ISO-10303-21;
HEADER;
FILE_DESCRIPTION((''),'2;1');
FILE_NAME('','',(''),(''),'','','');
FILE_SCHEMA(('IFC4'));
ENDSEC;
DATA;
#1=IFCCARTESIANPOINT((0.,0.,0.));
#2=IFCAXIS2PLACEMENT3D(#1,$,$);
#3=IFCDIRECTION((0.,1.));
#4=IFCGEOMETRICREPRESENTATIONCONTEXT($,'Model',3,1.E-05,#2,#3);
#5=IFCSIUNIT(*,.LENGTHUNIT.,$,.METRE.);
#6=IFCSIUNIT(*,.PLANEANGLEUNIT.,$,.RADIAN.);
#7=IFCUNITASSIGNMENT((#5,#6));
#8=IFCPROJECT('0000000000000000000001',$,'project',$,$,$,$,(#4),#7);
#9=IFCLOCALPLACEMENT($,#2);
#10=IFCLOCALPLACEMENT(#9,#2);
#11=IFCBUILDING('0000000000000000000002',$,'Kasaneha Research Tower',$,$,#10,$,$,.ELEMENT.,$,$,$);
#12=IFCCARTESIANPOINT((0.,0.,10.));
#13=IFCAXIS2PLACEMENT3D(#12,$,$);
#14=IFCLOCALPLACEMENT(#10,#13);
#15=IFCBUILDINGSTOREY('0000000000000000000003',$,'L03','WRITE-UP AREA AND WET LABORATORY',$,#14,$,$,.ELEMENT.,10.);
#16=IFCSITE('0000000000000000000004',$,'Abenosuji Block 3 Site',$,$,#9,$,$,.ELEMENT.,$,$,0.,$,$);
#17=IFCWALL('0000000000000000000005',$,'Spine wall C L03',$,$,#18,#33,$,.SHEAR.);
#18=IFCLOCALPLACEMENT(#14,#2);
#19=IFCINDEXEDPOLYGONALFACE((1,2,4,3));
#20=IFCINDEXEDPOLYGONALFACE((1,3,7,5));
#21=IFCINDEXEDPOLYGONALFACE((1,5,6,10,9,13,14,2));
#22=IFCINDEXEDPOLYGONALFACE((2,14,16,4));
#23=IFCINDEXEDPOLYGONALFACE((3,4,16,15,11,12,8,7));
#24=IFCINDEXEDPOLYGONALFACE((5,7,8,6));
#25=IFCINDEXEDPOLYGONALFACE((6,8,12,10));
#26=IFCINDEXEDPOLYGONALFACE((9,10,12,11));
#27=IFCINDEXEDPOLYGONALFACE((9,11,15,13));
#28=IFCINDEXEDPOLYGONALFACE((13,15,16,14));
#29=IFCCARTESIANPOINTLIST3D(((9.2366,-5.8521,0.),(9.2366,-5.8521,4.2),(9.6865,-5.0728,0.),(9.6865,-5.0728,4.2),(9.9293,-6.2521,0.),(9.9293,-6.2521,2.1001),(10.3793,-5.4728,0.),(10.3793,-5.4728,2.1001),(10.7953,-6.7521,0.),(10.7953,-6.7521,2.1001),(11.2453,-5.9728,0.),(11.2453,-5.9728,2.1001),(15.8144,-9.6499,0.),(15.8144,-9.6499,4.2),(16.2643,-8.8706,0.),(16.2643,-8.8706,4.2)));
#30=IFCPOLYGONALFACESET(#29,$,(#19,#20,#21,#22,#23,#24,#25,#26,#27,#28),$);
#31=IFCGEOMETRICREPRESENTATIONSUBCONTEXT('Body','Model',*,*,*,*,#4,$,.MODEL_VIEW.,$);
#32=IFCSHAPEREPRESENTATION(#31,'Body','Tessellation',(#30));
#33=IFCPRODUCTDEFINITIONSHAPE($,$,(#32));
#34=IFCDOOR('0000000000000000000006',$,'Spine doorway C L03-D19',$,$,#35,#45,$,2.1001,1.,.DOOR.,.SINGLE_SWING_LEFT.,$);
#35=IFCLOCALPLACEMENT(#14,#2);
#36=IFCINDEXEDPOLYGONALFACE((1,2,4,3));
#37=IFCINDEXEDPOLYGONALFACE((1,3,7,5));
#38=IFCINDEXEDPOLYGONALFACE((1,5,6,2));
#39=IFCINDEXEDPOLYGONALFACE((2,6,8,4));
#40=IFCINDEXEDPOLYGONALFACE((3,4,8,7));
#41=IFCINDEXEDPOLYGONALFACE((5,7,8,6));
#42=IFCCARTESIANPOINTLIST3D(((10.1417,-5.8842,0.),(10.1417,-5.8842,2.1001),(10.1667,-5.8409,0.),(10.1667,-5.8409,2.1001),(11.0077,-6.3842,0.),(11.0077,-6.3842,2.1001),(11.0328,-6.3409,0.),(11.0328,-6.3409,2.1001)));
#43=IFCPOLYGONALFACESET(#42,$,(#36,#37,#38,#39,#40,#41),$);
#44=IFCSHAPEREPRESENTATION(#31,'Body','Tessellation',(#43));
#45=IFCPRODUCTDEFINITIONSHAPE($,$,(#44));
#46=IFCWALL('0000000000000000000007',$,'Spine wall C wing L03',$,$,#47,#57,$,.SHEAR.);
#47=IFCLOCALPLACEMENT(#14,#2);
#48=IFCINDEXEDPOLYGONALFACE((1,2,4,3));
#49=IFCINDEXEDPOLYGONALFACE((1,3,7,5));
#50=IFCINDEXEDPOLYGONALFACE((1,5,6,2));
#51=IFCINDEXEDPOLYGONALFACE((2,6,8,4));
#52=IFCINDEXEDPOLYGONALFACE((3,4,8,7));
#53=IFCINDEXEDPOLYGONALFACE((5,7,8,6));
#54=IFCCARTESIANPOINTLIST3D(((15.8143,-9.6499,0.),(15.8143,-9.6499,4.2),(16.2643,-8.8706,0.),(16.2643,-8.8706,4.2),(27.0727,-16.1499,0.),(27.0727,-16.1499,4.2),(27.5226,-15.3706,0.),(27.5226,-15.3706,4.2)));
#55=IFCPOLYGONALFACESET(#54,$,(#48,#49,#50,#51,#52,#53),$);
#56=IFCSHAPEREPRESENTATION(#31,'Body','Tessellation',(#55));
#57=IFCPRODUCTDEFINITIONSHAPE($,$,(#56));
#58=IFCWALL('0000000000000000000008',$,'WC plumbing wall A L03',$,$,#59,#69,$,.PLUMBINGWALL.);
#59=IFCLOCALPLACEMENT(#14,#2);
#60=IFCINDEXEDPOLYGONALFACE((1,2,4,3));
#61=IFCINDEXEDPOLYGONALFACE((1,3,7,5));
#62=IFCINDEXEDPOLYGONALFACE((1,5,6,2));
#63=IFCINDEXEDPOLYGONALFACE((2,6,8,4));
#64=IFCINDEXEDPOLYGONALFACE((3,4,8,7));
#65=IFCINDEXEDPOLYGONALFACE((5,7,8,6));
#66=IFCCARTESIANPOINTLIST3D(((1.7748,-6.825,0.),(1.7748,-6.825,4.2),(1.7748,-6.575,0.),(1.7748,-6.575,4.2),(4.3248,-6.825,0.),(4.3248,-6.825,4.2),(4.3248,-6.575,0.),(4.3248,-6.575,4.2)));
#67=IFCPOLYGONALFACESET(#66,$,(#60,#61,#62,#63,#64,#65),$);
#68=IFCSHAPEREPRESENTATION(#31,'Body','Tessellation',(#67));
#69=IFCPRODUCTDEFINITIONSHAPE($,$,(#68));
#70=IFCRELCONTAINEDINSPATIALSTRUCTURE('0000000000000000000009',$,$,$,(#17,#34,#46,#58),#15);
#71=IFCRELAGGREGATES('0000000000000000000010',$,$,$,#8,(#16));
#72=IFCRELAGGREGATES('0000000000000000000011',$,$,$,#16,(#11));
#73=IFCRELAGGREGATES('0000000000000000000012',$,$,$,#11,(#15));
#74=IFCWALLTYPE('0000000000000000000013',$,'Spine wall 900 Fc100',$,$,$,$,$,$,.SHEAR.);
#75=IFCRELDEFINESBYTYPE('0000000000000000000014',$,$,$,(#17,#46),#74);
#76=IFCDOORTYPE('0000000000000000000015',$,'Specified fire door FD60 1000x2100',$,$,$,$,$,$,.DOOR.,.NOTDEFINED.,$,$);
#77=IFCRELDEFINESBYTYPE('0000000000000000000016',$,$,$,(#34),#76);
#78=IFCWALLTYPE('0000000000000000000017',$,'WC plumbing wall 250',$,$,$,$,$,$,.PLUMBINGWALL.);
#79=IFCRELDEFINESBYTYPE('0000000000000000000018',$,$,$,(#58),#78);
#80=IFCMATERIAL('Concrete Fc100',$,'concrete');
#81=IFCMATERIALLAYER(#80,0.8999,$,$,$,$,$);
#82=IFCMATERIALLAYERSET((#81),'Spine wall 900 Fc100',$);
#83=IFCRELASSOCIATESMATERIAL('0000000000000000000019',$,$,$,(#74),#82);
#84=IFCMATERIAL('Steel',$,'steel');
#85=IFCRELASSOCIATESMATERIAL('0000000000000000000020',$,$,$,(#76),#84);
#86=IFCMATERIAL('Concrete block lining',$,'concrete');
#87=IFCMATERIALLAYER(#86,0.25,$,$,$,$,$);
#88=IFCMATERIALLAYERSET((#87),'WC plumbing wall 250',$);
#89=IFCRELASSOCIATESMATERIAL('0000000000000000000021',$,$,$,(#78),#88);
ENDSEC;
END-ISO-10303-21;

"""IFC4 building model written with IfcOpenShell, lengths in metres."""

from ifc_helpers import new_model, si_unit, direction, frame, frame_2d, origin, place, context, subcontext, project, spatial, rectangle, extrude, material, layer, layer_set, type_object, element, fill, save


model = new_model("IFC4")

# Units and contexts
model_context = context("Model", 3, precision=1e-05, world=origin(), true_north=direction((0.0, 1.0)))
body_context = subcontext(model_context, "Body", "Model", "MODEL_VIEW")
ifc_project = project(units=[si_unit("LENGTHUNIT", "METRE"), si_unit("PLANEANGLEUNIT", "RADIAN")], contexts=[model_context])

# Site, building, storey
site_placement = place(None, origin())
site = spatial("IfcSite", under=ifc_project, at=site_placement, Name="Abenosuji Block 3 Site", CompositionType="ELEMENT", RefElevation=0.0)
building_placement = place(site_placement, origin())
building = spatial("IfcBuilding", under=site, at=building_placement, Name="Kasaneha Research Tower", CompositionType="ELEMENT")
storey_placement = place(building_placement, frame((0.0, 0.0, 10.0)))
storey = spatial("IfcBuildingStorey", under=building, at=storey_placement, Name="L03", Description="WRITE-UP AREA AND WET LABORATORY", CompositionType="ELEMENT", Elevation=10.0)

# Wall, opening, door
ifc_material_1 = material(Name="Concrete Fc100", Category="concrete")
ifc_layer_1 = layer(ifc_material_1, 0.8999)
ifc_layer_set_1 = layer_set([ifc_layer_1], Name="Spine wall 900 Fc100")
wall_type_1 = type_object("IfcWallType", Name="Spine wall 900 Fc100", PredefinedType="SHEAR", material=ifc_layer_set_1)
wall_1_placement = place(storey_placement, frame((9.4614, -5.4624, 0.0), z_axis=(0.0, 0.0, 1.0), x_axis=(0.866019, -0.500011, 0.0)))
wall_1 = element("IfcWall", 1, at=wall_1_placement, inside=storey, type_object=wall_type_1, Name="Spine wall C L03", PredefinedType="SHEAR", context=body_context, shape_type="SweptSolid", body=[
    extrude(rectangle(XDim=7.5955, YDim=0.8999, at=frame_2d((3.7979, 0.0))), origin(), (0.0, 0.0, 1.0), 4.2),
])
opening_1_placement = place(wall_1_placement, frame((0.8, 0.0, 0.0)))
opening_1 = element("IfcOpeningElement", 2, at=opening_1_placement, cuts=wall_1, PredefinedType="OPENING", context=body_context, shape_type="SweptSolid", body=[
    extrude(rectangle(XDim=1.0, YDim=2.1001, at=frame_2d((0.5, 1.05))), frame((0.0, 0.46, 0.0), z_axis=(0.0, -1.0, 0.0), x_axis=(1.0, 0.0, 0.0)), (0.0, 0.0, 1.0), 0.9199),
])
ifc_material_2 = material(Name="Steel", Category="steel")
door_type_1 = type_object("IfcDoorType", Name="Specified fire door FD60 1000x2100", OperationType="NOTDEFINED", PredefinedType="DOOR", material=ifc_material_2)
door_1_placement = place(opening_1_placement, origin())
door_1 = element("IfcDoor", 3, at=door_1_placement, inside=storey, type_object=door_type_1, Name="Spine doorway C L03-D19", OperationType="SINGLE_SWING_LEFT", OverallHeight=2.1001, OverallWidth=1.0, PredefinedType="DOOR", context=body_context, shape_type="SweptSolid", body=[
    extrude(rectangle(XDim=1.0, YDim=2.1001, at=frame_2d((0.5, 1.05))), frame((0.0, 0.0249, 0.0), z_axis=(0.0, -1.0, 0.0), x_axis=(1.0, 0.0, 0.0)), (0.0, 0.0, 1.0), 0.05),
])
fill(opening_1, door_1)

# Walls
wall_2_placement = place(storey_placement, frame((16.0393, -9.2603, 0.0), z_axis=(0.0, 0.0, 1.0), x_axis=(0.866025, -0.500001, 0.0)))
element("IfcWall", 4, at=wall_2_placement, inside=storey, type_object=wall_type_1, Name="Spine wall C wing L03", PredefinedType="SHEAR", context=body_context, shape_type="SweptSolid", body=[
    extrude(rectangle(XDim=13.0, YDim=0.8999, at=frame_2d((6.5, 0.0))), origin(), (0.0, 0.0, 1.0), 4.2),
])
ifc_material_3 = material(Name="Concrete block lining", Category="concrete")
ifc_layer_2 = layer(ifc_material_3, 0.25)
ifc_layer_set_2 = layer_set([ifc_layer_2], Name="WC plumbing wall 250")
wall_type_2 = type_object("IfcWallType", Name="WC plumbing wall 250", PredefinedType="PLUMBINGWALL", material=ifc_layer_set_2)
wall_3_placement = place(storey_placement, frame((1.7749, -6.7, 0.0), z_axis=(0.0, 0.0, 1.0), x_axis=(1.0, 0.0, 0.0)))
element("IfcWall", 5, at=wall_3_placement, inside=storey, type_object=wall_type_2, Name="WC plumbing wall A L03", PredefinedType="PLUMBINGWALL", context=body_context, shape_type="SweptSolid", body=[
    extrude(rectangle(XDim=2.55, YDim=0.25, at=frame_2d((1.2749, 0.0))), origin(), (0.0, 0.0, 1.0), 4.2),
])

save(model, "model.ifc")
